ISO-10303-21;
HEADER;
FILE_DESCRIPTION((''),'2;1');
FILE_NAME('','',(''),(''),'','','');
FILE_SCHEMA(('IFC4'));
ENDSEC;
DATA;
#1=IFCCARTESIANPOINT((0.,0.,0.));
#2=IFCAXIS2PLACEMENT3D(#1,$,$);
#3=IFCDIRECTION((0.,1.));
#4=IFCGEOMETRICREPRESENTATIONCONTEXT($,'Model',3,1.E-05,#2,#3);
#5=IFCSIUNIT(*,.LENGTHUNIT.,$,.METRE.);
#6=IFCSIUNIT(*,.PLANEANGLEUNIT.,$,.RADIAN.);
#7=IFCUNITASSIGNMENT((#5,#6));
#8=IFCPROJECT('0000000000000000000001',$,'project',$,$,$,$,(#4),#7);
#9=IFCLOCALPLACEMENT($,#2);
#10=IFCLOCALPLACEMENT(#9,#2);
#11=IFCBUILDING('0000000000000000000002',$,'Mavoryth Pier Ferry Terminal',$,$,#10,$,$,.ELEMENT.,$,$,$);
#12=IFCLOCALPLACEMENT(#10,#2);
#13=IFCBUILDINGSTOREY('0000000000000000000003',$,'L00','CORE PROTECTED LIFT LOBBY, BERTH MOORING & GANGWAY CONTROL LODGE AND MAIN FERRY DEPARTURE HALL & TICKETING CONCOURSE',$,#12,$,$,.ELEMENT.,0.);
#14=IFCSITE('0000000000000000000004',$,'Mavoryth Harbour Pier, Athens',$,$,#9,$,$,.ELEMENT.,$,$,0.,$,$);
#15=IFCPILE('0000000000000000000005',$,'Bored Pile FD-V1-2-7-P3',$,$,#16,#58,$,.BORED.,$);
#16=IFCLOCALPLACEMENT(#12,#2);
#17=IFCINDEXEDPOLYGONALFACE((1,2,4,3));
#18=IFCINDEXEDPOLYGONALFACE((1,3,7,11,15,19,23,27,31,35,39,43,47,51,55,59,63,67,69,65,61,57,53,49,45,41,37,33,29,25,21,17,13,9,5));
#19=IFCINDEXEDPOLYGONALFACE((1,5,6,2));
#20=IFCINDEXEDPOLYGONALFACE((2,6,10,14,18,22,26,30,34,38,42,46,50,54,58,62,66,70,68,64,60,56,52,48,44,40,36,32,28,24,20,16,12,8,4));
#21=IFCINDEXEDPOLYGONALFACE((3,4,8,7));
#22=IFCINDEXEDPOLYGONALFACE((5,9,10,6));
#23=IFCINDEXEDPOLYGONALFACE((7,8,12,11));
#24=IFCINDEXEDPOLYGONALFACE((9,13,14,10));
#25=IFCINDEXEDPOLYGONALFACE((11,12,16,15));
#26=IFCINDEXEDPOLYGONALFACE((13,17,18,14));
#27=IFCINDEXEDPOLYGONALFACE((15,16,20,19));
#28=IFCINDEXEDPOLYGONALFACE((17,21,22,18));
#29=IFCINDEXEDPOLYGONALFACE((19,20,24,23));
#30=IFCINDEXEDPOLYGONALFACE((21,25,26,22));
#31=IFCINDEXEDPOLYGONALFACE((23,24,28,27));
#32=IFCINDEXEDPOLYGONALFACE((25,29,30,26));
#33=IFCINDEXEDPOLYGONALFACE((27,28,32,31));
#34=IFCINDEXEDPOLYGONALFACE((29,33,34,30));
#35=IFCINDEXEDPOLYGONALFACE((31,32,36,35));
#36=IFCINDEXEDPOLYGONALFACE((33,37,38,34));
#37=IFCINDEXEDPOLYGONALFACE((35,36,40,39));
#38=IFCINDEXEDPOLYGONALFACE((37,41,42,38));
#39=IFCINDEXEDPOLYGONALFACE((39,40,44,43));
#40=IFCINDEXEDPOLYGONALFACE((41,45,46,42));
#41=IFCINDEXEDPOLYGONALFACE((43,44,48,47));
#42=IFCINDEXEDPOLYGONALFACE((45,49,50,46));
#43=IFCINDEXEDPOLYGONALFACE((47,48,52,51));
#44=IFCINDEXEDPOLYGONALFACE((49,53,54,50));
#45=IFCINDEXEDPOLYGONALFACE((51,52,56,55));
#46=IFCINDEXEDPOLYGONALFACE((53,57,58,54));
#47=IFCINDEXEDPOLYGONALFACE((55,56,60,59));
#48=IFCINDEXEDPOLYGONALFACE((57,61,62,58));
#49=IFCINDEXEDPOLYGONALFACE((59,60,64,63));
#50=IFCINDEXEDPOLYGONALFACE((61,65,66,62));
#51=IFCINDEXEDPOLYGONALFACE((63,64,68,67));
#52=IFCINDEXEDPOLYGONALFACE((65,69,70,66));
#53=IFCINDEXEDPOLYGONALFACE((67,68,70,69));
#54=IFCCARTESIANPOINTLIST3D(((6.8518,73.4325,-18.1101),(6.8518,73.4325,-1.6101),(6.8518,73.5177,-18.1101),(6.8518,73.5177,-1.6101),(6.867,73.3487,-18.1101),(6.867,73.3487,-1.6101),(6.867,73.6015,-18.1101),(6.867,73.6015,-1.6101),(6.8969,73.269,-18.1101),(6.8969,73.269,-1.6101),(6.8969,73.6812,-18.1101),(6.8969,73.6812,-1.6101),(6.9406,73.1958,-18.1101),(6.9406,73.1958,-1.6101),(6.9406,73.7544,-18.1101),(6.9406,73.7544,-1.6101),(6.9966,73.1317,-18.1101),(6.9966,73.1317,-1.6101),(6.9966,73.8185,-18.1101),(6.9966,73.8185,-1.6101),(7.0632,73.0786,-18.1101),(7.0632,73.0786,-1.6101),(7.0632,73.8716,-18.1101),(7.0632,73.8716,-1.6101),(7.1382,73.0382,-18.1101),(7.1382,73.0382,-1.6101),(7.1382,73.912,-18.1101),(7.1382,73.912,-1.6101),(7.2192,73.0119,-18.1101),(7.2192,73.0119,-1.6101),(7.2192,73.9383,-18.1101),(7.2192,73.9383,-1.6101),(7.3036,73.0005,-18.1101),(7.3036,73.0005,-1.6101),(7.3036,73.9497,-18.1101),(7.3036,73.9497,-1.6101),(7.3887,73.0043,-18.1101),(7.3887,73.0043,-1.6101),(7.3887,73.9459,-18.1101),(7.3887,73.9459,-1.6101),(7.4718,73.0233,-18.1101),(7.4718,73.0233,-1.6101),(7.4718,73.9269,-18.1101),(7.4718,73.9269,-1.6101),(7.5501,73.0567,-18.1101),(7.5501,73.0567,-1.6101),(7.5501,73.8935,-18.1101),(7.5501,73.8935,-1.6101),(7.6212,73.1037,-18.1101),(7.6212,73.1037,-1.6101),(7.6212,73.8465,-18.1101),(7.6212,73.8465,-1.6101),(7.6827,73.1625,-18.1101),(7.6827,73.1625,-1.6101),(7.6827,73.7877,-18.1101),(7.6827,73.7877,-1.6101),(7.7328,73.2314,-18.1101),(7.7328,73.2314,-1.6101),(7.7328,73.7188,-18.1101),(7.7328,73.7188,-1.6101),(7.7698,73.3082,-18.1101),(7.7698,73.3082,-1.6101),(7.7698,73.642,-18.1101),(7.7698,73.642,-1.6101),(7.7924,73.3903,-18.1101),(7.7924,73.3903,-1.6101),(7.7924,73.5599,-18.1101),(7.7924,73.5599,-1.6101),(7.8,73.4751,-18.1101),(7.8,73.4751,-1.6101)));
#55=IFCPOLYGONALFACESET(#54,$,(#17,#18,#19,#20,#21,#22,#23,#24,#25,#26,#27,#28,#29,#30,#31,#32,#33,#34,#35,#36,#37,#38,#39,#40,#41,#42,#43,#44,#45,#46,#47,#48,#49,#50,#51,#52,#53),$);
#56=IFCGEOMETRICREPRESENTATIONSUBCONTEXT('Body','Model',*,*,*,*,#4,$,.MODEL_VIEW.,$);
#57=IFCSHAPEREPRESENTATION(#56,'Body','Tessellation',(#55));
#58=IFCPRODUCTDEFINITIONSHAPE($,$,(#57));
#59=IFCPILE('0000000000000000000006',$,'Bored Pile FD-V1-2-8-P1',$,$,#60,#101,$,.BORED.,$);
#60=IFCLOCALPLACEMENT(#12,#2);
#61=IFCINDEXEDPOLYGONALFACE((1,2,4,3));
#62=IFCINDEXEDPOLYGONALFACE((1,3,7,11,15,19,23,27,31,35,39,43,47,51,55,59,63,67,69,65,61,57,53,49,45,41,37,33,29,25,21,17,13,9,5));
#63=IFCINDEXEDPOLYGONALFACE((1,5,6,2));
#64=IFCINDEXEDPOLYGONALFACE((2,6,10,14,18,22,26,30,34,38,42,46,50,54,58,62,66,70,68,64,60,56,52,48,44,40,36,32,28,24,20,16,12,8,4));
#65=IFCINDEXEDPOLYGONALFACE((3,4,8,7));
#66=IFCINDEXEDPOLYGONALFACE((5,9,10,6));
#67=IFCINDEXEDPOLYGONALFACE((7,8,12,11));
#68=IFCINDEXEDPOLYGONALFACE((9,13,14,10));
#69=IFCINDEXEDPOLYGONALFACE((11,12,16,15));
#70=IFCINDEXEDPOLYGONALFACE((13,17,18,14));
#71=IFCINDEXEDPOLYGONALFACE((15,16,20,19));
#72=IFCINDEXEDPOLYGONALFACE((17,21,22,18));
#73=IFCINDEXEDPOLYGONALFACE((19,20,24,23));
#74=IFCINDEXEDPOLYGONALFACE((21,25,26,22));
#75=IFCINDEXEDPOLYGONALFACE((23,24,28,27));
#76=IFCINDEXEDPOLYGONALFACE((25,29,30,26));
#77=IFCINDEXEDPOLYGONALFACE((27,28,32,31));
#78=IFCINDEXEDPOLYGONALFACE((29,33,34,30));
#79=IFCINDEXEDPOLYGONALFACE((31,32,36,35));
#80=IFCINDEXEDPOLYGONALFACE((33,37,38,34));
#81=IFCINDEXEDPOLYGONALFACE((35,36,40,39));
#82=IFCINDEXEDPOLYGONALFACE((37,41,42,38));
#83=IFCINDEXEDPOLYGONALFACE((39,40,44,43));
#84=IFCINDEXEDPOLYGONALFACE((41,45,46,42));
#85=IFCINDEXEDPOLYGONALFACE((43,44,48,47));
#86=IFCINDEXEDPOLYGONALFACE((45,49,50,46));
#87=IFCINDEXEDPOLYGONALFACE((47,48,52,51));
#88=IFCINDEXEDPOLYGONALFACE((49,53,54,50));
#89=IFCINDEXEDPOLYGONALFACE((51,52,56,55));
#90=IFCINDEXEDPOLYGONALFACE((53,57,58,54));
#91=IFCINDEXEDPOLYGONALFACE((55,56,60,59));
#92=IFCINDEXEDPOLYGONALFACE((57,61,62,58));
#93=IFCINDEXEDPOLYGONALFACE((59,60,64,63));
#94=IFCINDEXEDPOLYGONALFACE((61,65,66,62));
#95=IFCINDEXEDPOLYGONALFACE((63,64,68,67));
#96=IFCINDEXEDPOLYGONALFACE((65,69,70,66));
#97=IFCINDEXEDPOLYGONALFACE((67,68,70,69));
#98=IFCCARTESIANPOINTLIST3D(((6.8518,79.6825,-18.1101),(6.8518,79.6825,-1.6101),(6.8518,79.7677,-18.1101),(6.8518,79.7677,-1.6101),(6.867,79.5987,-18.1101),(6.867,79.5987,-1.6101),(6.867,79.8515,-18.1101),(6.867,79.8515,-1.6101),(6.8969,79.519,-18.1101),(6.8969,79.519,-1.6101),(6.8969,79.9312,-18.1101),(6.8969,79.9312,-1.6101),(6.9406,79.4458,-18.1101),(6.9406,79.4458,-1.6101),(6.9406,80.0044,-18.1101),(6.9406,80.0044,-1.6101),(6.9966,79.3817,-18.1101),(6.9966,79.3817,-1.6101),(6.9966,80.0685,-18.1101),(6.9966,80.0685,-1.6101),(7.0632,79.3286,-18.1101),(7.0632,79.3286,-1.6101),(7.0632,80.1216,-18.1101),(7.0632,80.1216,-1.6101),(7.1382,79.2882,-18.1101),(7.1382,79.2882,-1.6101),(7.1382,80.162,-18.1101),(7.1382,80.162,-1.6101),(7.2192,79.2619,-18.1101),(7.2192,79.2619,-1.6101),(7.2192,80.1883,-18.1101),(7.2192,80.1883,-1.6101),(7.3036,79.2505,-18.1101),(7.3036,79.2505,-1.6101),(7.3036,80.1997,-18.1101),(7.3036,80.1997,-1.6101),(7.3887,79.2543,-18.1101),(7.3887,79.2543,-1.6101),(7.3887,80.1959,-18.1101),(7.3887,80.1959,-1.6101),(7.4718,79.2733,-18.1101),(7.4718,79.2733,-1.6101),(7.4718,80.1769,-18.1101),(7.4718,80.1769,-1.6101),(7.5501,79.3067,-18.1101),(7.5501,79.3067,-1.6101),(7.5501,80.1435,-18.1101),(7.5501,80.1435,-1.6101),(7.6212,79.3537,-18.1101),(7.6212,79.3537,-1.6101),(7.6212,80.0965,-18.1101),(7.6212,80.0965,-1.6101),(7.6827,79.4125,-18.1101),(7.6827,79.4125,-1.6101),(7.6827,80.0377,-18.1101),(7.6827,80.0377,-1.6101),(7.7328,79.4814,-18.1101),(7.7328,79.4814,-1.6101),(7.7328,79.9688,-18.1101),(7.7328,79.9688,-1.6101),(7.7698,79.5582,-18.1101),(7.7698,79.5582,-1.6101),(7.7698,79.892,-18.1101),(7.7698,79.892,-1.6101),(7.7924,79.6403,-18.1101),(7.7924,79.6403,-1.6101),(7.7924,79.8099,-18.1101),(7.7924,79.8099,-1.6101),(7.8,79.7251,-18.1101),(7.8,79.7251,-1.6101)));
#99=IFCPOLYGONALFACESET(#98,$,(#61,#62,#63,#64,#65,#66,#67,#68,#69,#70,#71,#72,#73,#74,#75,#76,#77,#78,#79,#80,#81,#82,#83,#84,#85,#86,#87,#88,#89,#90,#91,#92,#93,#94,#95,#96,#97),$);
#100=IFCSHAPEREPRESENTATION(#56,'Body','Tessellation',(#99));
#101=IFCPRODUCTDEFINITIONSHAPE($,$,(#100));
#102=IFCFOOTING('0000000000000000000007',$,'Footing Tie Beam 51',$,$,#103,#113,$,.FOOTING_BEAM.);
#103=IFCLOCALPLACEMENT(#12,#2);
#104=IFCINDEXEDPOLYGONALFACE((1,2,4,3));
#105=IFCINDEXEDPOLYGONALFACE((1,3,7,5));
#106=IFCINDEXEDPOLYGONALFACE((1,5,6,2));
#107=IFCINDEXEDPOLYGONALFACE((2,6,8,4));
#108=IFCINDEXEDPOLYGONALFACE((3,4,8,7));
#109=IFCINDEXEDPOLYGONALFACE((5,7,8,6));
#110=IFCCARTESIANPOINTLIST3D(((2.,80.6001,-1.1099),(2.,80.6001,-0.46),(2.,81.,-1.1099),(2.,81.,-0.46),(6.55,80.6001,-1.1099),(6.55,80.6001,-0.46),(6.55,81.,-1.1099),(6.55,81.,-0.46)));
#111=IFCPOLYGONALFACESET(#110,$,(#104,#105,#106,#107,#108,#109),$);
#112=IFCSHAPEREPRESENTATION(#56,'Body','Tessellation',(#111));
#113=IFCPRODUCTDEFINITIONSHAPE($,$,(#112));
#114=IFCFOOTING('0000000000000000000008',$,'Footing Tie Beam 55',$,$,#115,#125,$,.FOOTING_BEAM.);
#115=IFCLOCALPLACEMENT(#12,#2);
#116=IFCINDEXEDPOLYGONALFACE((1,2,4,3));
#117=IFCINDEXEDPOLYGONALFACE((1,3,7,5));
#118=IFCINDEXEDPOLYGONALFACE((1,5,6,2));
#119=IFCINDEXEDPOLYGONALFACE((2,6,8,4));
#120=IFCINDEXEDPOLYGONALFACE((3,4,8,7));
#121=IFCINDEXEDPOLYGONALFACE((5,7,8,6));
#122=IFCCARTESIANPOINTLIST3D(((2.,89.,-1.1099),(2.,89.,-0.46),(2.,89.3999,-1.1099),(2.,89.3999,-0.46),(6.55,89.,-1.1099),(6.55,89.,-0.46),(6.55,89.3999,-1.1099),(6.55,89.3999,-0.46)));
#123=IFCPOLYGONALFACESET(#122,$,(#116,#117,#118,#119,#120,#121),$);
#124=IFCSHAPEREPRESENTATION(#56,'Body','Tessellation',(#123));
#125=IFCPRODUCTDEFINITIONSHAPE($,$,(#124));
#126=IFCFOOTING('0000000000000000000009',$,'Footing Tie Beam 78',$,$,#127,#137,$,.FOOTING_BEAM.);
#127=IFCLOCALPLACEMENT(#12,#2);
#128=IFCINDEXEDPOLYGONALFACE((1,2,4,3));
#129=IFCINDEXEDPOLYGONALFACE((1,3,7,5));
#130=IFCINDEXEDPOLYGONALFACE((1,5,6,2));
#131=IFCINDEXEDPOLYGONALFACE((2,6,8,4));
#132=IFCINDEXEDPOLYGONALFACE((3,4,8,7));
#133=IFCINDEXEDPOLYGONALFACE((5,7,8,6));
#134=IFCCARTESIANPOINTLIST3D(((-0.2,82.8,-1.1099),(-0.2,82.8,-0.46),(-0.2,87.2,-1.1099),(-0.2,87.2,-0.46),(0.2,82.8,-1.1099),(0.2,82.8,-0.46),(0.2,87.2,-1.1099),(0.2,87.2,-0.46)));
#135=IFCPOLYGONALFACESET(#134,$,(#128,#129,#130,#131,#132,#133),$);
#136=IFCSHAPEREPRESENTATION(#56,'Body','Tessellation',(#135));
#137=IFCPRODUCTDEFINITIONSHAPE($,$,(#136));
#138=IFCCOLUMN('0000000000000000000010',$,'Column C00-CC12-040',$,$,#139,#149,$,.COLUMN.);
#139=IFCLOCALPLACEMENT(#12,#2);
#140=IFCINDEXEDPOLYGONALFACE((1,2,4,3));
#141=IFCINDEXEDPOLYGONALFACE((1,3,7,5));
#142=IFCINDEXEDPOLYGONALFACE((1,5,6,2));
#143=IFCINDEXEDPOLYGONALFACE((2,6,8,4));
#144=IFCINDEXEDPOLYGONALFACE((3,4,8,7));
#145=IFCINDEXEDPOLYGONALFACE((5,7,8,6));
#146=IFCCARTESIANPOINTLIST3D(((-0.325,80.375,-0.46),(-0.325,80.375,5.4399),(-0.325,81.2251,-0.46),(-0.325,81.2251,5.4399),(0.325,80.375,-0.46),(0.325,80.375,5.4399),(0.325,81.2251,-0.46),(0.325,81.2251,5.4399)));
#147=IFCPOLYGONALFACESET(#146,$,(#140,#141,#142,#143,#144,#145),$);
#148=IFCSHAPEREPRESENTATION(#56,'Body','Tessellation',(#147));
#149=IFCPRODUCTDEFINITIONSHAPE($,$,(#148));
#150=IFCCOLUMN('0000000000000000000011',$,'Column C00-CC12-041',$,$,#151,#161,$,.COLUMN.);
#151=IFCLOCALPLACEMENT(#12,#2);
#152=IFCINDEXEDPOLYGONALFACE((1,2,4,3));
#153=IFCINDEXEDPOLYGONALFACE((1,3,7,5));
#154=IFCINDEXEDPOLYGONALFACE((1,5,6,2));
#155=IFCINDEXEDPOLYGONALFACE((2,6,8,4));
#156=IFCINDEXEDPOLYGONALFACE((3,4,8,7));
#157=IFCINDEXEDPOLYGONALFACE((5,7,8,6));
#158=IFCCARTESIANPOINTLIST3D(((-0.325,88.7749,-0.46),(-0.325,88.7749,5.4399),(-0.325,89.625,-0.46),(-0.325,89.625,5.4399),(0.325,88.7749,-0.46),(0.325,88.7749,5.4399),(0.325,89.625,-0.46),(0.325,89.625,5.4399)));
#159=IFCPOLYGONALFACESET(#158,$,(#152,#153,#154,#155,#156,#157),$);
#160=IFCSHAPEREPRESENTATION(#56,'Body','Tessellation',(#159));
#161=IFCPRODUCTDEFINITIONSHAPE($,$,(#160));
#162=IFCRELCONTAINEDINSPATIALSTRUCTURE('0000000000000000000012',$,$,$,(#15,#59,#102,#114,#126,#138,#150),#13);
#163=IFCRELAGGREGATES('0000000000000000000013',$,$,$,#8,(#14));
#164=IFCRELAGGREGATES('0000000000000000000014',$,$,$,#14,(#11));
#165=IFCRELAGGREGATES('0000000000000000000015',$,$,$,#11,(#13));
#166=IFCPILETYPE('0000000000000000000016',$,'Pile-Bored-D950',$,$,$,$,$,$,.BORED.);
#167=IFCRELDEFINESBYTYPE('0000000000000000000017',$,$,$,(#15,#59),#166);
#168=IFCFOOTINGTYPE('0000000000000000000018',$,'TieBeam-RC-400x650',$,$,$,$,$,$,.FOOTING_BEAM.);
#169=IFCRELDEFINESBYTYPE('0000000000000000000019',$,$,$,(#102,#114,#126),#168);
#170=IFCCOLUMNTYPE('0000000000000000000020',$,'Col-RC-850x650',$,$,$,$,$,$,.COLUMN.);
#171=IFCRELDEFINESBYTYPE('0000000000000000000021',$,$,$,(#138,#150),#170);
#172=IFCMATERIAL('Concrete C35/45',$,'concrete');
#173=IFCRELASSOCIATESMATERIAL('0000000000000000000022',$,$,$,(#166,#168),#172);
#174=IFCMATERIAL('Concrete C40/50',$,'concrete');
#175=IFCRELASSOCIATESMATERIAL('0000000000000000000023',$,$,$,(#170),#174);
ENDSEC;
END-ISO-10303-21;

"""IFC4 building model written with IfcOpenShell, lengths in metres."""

from ifc_helpers import new_model, si_unit, direction, frame, origin, origin_2d, place, context, subcontext, project, spatial, rectangle, circle, extrude, material, material_profile, profile_set, type_object, element, save


model = new_model("IFC4")

# Units and contexts
model_context = context("Model", 3, precision=1e-05, world=origin(), true_north=direction((0.0, 1.0)))
body_context = subcontext(model_context, "Body", "Model", "MODEL_VIEW")
ifc_project = project(units=[si_unit("LENGTHUNIT", "METRE"), si_unit("PLANEANGLEUNIT", "RADIAN")], contexts=[model_context])

# Site, building, storey
site_placement = place(None, origin())
site = spatial("IfcSite", under=ifc_project, at=site_placement, Name="Mavoryth Harbour Pier, Athens", CompositionType="ELEMENT", RefElevation=0.0)
building_placement = place(site_placement, origin())
building = spatial("IfcBuilding", under=site, at=building_placement, Name="Mavoryth Pier Ferry Terminal", CompositionType="ELEMENT")
storey_placement = place(building_placement, origin())
storey = spatial("IfcBuildingStorey", under=building, at=storey_placement, Name="L00", Description="CORE PROTECTED LIFT LOBBY, BERTH MOORING & GANGWAY CONTROL LODGE AND MAIN FERRY DEPARTURE HALL & TICKETING CONCOURSE", CompositionType="ELEMENT", Elevation=0.0)

# Shared definitions
ifc_material_1 = material(Name="Concrete C35/45", Category="concrete")

# Piles
ifc_material_profile_1 = material_profile(ifc_material_1, circle(Radius=0.4751, at=origin_2d()), Name="PILE D950", Category="concrete")
ifc_profile_set_1 = profile_set([ifc_material_profile_1], Name="Concrete C35/45 - PILE D950")
pile_type_1 = type_object("IfcPileType", Name="Pile-Bored-D950", PredefinedType="BORED", material=ifc_profile_set_1)
for number, where, z_axis, x_axis, name in (
    (1, (7.325, 73.4751, -1.6101), (0.0, 0.0, -1.0), (1.0, 0.0, 0.0), "Bored Pile FD-V1-2-7-P3"),
    (2, (7.325, 79.7251, -1.6101), (0.0, 0.0, -1.0), (1.0, 0.0, 0.0), "Bored Pile FD-V1-2-8-P1"),
):
    element("IfcPile", number, at=place(storey_placement, frame(where, z_axis=z_axis, x_axis=x_axis)), inside=storey, type_object=pile_type_1, Name=name, PredefinedType="BORED", context=body_context, shape_type="SweptSolid", body=[
        extrude(circle(Radius=0.4751, at=origin_2d()), origin(), (0.0, 0.0, 1.0), 16.5),
    ])

# Footings
ifc_material_profile_2 = material_profile(ifc_material_1, rectangle(XDim=0.3999, YDim=0.6499, at=origin_2d()), Name="RC 400x650", Category="concrete")
ifc_profile_set_2 = profile_set([ifc_material_profile_2], Name="Concrete C35/45 - RC 400x650")
footing_type_1 = type_object("IfcFootingType", Name="TieBeam-RC-400x650", PredefinedType="FOOTING_BEAM", material=ifc_profile_set_2)
for number, where, z_axis, x_axis, name in (
    (3, (2.0, 80.8, -0.7849), (1.0, 0.0, 0.0), (0.0, 1.0, 0.0), "Footing Tie Beam 51"),
    (4, (2.0, 89.2, -0.7849), (1.0, 0.0, 0.0), (0.0, 1.0, 0.0), "Footing Tie Beam 55"),
):
    element("IfcFooting", number, at=place(storey_placement, frame(where, z_axis=z_axis, x_axis=x_axis)), inside=storey, type_object=footing_type_1, Name=name, PredefinedType="FOOTING_BEAM", context=body_context, shape_type="SweptSolid", body=[
        extrude(rectangle(XDim=0.3999, YDim=0.6499, at=origin_2d()), origin(), (0.0, 0.0, 1.0), 4.55),
    ])
footing_placement = place(storey_placement, frame((0.0, 82.8, -0.7849), z_axis=(0.0, 1.0, 0.0), x_axis=(-1.0, 0.0, 0.0)))
element("IfcFooting", 5, at=footing_placement, inside=storey, type_object=footing_type_1, Name="Footing Tie Beam 78", PredefinedType="FOOTING_BEAM", context=body_context, shape_type="SweptSolid", body=[
    extrude(rectangle(XDim=0.3999, YDim=0.6499, at=origin_2d()), origin(), (0.0, 0.0, 1.0), 4.3999),
])

# Columns
ifc_material_2 = material(Name="Concrete C40/50", Category="concrete")
ifc_material_profile_3 = material_profile(ifc_material_2, rectangle(XDim=0.6499, YDim=0.8501, at=origin_2d()), Name="RC 850x650", Category="concrete")
ifc_profile_set_3 = profile_set([ifc_material_profile_3], Name="Concrete C40/50 - RC 850x650")
column_type = type_object("IfcColumnType", Name="Col-RC-850x650", PredefinedType="COLUMN", material=ifc_profile_set_3)
for number, where, z_axis, x_axis, name in (
    (6, (0.0, 80.8, -0.46), (0.0, 0.0, 1.0), (1.0, 0.0, 0.0), "Column C00-CC12-040"),
    (7, (0.0, 89.2, -0.46), (0.0, 0.0, 1.0), (1.0, 0.0, 0.0), "Column C00-CC12-041"),
):
    element("IfcColumn", number, at=place(storey_placement, frame(where, z_axis=z_axis, x_axis=x_axis)), inside=storey, type_object=column_type, Name=name, PredefinedType="COLUMN", context=body_context, shape_type="SweptSolid", body=[
        extrude(rectangle(XDim=0.6499, YDim=0.8501, at=origin_2d()), origin(), (0.0, 0.0, 1.0), 5.8999),
    ])

save(model, "model.ifc")
